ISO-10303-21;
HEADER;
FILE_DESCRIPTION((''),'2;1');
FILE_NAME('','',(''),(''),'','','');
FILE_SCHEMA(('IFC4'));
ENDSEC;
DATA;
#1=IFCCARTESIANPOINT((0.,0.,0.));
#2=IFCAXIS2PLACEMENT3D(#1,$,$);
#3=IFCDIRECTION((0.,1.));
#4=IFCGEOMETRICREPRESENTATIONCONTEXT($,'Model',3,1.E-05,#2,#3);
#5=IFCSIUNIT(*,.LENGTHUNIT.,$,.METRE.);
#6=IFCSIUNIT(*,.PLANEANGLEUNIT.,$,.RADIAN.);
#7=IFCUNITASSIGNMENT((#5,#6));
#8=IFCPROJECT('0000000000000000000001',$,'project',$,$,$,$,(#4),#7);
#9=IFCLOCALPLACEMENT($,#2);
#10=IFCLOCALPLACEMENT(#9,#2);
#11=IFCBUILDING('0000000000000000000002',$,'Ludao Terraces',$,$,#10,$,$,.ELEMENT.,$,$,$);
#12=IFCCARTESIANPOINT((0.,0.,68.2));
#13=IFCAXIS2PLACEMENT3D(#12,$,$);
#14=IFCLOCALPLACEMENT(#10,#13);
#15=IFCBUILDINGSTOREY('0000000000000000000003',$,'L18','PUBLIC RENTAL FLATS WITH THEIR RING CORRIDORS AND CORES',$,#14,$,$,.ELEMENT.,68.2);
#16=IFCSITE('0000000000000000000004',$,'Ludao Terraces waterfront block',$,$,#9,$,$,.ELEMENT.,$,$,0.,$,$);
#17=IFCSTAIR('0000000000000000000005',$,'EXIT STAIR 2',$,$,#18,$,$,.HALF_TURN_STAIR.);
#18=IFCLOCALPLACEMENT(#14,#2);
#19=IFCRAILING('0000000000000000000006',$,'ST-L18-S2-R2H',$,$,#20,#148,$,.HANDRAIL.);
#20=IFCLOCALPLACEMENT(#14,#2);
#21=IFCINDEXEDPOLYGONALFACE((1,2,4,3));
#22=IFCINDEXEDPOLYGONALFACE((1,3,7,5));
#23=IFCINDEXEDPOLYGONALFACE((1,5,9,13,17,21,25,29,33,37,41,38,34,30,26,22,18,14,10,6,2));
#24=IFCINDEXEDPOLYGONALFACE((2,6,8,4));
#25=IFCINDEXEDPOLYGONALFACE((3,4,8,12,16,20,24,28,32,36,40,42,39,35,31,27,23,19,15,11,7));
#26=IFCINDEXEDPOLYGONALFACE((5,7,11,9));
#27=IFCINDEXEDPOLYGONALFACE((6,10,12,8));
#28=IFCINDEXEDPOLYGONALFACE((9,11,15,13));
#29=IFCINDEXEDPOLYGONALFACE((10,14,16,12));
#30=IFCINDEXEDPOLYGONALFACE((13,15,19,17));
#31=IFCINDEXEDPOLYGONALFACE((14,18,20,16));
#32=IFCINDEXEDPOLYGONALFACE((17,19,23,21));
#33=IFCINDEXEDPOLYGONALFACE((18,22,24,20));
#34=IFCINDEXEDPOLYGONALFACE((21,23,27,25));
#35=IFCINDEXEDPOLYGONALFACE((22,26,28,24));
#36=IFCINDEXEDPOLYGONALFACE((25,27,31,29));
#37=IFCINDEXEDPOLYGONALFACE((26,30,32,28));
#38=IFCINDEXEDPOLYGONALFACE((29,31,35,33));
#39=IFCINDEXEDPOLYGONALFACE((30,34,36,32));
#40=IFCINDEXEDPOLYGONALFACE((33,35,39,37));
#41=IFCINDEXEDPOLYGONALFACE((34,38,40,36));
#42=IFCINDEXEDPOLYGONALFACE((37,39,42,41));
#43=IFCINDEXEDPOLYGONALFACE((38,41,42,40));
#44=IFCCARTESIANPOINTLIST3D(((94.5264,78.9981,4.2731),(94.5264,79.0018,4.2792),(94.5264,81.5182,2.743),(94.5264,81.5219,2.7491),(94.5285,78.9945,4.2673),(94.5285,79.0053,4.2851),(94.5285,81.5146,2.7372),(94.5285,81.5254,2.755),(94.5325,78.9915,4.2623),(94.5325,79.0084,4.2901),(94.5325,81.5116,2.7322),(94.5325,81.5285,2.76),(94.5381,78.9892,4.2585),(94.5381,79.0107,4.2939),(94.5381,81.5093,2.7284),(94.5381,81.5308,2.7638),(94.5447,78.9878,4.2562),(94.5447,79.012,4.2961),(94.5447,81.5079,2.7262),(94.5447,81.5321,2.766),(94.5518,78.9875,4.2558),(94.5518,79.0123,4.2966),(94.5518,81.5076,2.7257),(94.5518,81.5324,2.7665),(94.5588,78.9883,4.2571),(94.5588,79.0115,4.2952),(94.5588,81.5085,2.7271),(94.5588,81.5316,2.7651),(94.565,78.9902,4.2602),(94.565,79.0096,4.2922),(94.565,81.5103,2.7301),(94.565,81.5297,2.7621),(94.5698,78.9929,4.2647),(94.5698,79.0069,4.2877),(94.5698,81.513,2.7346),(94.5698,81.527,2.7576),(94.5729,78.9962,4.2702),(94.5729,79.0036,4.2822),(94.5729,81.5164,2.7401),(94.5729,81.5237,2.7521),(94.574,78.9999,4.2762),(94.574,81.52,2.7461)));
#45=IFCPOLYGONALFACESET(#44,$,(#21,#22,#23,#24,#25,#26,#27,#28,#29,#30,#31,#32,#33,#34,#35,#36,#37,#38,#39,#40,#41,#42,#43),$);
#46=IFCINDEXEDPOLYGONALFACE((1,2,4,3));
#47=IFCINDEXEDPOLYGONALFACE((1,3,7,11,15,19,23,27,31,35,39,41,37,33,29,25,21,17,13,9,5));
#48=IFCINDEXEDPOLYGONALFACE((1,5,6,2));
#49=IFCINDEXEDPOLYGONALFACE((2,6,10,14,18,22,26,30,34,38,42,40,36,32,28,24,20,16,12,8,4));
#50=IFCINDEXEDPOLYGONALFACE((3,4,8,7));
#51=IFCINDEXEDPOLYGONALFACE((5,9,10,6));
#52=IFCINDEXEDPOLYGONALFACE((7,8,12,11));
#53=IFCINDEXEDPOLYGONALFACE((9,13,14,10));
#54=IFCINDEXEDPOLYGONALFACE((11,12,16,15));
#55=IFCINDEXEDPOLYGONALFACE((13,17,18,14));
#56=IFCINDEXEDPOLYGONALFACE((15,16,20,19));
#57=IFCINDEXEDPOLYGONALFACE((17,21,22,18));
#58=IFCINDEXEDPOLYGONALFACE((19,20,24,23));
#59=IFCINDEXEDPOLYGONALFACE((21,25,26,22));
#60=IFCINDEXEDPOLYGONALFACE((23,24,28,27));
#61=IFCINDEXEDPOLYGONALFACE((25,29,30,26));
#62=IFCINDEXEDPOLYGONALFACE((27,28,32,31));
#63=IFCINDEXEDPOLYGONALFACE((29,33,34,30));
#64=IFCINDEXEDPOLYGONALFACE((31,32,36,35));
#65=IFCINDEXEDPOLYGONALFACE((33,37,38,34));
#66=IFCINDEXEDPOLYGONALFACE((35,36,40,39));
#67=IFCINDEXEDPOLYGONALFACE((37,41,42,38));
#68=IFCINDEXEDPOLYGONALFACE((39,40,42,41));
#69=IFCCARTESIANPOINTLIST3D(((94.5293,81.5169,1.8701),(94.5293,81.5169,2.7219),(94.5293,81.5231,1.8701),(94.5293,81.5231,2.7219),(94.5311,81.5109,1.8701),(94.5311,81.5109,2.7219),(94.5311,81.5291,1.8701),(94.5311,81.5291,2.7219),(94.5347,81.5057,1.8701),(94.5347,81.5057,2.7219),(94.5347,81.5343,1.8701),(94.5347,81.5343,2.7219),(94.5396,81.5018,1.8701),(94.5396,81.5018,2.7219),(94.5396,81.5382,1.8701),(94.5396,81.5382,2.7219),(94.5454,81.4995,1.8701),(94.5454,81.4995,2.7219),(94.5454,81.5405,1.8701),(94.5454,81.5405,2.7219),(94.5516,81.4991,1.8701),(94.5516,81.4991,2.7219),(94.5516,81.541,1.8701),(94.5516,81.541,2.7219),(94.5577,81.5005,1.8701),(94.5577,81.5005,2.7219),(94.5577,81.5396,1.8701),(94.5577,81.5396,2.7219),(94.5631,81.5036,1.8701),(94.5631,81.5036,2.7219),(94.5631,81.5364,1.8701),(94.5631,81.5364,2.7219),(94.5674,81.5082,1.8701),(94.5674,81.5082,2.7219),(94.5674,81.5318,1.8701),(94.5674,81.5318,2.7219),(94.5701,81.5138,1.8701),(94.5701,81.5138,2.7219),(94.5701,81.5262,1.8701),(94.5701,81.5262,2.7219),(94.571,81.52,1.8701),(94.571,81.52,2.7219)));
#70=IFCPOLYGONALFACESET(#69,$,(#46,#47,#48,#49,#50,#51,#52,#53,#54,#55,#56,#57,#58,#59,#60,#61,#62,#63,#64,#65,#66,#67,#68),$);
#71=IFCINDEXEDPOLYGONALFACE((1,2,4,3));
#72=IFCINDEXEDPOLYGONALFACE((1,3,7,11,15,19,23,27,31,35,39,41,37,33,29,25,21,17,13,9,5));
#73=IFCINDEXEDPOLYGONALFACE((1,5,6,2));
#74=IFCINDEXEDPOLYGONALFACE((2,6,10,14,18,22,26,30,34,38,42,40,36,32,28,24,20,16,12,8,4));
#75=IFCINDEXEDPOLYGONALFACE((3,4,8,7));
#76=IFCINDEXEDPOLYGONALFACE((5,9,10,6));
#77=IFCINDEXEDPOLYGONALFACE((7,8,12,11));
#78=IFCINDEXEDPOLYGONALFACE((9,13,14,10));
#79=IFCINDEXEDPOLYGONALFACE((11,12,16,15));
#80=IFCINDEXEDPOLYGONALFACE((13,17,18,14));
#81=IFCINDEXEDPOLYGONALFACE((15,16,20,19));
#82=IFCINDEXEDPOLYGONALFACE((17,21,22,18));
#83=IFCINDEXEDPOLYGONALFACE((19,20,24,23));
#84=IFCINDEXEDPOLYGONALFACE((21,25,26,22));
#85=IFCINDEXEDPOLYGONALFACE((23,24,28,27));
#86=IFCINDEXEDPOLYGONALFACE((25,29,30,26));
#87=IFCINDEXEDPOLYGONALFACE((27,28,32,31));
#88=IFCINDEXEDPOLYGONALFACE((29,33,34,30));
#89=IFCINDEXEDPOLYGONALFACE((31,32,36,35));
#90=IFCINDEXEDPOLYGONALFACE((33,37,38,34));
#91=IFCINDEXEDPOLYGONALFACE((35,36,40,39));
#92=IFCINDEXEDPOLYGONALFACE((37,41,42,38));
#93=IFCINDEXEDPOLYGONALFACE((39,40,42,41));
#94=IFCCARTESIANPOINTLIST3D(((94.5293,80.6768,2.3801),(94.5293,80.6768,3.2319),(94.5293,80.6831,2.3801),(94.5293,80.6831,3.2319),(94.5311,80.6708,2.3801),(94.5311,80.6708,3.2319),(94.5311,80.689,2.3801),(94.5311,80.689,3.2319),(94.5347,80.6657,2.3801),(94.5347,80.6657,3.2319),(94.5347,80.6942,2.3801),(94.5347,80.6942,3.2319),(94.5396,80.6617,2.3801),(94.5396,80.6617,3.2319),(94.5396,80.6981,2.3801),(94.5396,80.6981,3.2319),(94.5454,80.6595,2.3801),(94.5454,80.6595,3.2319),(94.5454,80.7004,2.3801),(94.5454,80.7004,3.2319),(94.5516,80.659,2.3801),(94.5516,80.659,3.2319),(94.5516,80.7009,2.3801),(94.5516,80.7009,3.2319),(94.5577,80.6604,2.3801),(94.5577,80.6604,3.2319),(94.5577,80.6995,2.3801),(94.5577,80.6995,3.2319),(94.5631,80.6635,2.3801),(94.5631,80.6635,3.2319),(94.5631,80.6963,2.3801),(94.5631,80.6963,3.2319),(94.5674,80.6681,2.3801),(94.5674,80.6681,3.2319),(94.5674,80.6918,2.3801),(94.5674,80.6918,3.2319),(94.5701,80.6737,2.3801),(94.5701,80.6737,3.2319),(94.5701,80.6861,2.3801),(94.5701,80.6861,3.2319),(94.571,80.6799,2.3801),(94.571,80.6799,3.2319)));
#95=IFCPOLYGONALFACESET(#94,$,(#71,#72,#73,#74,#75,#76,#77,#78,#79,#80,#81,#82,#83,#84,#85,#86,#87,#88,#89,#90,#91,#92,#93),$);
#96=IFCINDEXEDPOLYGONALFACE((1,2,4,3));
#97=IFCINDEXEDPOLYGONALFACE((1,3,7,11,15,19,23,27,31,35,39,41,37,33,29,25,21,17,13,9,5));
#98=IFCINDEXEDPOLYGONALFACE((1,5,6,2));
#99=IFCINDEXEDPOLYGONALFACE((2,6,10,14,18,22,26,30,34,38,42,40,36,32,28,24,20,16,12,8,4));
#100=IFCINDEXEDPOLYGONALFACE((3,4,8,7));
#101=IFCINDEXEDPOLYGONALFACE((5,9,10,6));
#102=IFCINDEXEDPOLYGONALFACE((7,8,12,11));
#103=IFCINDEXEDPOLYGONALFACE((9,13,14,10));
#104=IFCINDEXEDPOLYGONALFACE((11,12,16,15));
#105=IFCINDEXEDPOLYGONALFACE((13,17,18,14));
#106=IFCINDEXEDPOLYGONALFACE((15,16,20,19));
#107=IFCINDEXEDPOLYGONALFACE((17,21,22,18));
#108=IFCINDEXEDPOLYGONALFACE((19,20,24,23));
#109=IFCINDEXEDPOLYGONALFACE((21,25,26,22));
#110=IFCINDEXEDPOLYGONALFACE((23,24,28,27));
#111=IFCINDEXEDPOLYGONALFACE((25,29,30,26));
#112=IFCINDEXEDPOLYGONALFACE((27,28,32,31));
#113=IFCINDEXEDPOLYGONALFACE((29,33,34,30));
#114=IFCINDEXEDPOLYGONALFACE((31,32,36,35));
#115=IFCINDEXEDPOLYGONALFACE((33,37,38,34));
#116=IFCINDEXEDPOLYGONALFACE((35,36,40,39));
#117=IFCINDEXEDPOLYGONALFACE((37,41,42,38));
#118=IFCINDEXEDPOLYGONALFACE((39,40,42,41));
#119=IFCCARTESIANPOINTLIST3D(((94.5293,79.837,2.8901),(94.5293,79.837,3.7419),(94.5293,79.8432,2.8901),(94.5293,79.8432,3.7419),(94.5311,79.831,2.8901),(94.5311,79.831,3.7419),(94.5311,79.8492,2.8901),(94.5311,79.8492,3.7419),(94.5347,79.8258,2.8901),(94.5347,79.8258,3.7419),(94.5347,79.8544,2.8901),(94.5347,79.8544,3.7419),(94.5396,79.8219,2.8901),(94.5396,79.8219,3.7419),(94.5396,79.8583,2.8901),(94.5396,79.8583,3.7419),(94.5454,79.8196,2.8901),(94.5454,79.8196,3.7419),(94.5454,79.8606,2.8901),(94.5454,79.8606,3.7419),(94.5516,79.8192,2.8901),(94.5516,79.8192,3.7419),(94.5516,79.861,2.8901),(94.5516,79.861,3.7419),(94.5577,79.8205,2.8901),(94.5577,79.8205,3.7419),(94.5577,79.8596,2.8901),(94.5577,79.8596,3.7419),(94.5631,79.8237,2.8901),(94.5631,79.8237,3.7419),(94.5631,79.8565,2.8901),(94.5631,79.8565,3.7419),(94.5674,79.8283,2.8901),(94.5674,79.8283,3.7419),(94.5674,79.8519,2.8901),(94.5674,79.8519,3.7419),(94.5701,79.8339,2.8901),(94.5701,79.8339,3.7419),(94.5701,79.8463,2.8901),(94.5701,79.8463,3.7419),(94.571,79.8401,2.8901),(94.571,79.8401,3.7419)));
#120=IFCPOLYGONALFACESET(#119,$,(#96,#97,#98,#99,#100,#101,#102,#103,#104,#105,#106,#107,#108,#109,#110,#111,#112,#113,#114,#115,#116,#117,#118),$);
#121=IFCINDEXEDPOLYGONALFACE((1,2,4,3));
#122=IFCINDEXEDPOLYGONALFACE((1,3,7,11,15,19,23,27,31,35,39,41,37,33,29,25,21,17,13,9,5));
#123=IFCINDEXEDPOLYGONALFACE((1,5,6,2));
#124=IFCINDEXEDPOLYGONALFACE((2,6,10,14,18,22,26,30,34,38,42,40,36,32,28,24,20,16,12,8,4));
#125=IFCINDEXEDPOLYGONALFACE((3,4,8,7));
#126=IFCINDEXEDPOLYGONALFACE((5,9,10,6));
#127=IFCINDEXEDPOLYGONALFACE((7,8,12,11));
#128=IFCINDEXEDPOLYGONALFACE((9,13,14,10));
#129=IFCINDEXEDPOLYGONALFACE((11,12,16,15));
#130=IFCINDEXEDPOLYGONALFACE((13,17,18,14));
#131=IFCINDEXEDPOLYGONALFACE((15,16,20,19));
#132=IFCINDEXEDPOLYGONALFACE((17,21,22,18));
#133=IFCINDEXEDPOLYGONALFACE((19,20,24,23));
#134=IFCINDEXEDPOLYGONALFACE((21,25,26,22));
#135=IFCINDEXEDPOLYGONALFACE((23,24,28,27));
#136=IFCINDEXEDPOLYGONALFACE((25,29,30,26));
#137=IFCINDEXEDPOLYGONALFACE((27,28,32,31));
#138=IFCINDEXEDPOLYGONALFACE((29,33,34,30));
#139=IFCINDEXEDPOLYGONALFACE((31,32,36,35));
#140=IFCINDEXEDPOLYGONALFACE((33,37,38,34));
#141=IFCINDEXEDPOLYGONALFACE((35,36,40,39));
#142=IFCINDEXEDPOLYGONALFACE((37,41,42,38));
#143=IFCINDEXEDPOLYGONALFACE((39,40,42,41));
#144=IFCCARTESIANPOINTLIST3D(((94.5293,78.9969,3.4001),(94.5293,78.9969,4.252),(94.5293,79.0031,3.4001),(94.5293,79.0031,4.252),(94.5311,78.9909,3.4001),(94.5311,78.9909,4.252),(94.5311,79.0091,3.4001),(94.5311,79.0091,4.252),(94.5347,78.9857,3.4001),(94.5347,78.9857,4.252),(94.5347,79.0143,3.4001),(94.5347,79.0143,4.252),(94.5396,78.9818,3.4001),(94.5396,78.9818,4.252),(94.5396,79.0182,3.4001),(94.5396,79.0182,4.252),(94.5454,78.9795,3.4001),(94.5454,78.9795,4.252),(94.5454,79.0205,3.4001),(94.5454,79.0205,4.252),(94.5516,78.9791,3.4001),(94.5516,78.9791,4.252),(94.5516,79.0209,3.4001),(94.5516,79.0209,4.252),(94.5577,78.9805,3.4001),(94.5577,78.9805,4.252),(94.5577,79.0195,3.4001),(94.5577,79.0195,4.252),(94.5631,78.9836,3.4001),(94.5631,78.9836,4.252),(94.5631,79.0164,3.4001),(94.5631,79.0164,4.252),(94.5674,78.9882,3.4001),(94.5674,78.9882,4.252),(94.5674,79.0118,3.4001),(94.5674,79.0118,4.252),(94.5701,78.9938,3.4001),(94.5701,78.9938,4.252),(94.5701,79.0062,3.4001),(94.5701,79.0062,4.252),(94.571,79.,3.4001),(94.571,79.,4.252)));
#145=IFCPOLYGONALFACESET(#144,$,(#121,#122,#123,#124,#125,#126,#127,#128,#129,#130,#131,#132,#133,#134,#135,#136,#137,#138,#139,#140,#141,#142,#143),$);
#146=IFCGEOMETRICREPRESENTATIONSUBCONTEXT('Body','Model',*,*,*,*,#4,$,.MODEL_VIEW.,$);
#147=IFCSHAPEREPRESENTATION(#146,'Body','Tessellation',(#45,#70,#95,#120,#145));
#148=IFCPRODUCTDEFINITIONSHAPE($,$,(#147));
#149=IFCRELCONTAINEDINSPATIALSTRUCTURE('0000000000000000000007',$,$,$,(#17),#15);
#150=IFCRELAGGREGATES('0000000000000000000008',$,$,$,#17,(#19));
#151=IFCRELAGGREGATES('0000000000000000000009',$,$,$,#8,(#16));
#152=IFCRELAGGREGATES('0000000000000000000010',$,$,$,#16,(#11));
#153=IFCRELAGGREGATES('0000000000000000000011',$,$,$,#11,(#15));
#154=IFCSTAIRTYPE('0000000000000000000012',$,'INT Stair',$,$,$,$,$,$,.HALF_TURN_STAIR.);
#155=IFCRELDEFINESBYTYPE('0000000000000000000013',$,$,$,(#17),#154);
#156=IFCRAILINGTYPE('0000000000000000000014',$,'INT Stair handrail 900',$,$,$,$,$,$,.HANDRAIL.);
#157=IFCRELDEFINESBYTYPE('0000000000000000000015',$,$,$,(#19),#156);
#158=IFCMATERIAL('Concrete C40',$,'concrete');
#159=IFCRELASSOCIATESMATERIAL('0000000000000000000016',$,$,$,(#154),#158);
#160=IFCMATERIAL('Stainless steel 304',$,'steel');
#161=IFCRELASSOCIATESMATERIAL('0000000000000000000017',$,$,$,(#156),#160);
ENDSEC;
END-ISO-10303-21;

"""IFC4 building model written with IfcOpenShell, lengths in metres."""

from ifc_helpers import new_model, si_unit, direction, frame, origin, origin_2d, place, context, subcontext, project, spatial, circle, extrude, material, type_object, element, aggregate, save


model = new_model("IFC4")

# Units and contexts
model_context = context("Model", 3, precision=1e-05, world=origin(), true_north=direction((0.0, 1.0)))
body_context = subcontext(model_context, "Body", "Model", "MODEL_VIEW")
ifc_project = project(units=[si_unit("LENGTHUNIT", "METRE"), si_unit("PLANEANGLEUNIT", "RADIAN")], contexts=[model_context])

# Site, building, storey
site_placement = place(None, origin())
site = spatial("IfcSite", under=ifc_project, at=site_placement, Name="Ludao Terraces waterfront block", CompositionType="ELEMENT", RefElevation=0.0)
building_placement = place(site_placement, origin())
building = spatial("IfcBuilding", under=site, at=building_placement, Name="Ludao Terraces", CompositionType="ELEMENT")
storey_placement = place(building_placement, frame((0.0, 0.0, 68.2)))
storey = spatial("IfcBuildingStorey", under=building, at=storey_placement, Name="L18", Description="PUBLIC RENTAL FLATS WITH THEIR RING CORRIDORS AND CORES", CompositionType="ELEMENT", Elevation=68.2)

# Shared definitions
ifc_material_1 = material(Name="Concrete C40", Category="concrete")

# Shared definitions
ifc_material_2 = material(Name="Stainless steel 304", Category="steel")

# Stair, railing
stair_type = type_object("IfcStairType", Name="INT Stair", PredefinedType="HALF_TURN_STAIR", material=ifc_material_1)
stair_placement = place(storey_placement, origin())
stair = element("IfcStair", 1, at=stair_placement, inside=storey, type_object=stair_type, Name="EXIT STAIR 2", PredefinedType="HALF_TURN_STAIR")
railing_type_1 = type_object("IfcRailingType", Name="INT Stair handrail 900", PredefinedType="HANDRAIL", material=ifc_material_2)
railing_1_placement = place(storey_placement, frame((94.55, 81.52, 1.8701)))
railing_1 = element("IfcRailing", 2, at=railing_1_placement, type_object=railing_type_1, Name="ST-L18-S2-R2H", PredefinedType="HANDRAIL", context=body_context, shape_type="SweptSolid", body=[
    extrude(circle(Radius=0.0239, at=origin_2d()), frame((0.0, 0.0, 0.876), z_axis=(0.0, -0.854785, 0.518982), x_axis=(1.0, 0.0, 0.0)), (0.0, 0.0, 1.0), 2.9482),
    extrude(circle(Radius=0.021, at=origin_2d()), origin(), (0.0, 0.0, 1.0), 0.8518),
    extrude(circle(Radius=0.021, at=origin_2d()), frame((0.0, -0.8401, 0.51)), (0.0, 0.0, 1.0), 0.8518),
    extrude(circle(Radius=0.021, at=origin_2d()), frame((0.0, -1.6799, 1.02)), (0.0, 0.0, 1.0), 0.8518),
    extrude(circle(Radius=0.021, at=origin_2d()), frame((0.0, -2.52, 1.53)), (0.0, 0.0, 1.0), 0.8518),
])
aggregate(stair, [railing_1])

save(model, "model.ifc")
